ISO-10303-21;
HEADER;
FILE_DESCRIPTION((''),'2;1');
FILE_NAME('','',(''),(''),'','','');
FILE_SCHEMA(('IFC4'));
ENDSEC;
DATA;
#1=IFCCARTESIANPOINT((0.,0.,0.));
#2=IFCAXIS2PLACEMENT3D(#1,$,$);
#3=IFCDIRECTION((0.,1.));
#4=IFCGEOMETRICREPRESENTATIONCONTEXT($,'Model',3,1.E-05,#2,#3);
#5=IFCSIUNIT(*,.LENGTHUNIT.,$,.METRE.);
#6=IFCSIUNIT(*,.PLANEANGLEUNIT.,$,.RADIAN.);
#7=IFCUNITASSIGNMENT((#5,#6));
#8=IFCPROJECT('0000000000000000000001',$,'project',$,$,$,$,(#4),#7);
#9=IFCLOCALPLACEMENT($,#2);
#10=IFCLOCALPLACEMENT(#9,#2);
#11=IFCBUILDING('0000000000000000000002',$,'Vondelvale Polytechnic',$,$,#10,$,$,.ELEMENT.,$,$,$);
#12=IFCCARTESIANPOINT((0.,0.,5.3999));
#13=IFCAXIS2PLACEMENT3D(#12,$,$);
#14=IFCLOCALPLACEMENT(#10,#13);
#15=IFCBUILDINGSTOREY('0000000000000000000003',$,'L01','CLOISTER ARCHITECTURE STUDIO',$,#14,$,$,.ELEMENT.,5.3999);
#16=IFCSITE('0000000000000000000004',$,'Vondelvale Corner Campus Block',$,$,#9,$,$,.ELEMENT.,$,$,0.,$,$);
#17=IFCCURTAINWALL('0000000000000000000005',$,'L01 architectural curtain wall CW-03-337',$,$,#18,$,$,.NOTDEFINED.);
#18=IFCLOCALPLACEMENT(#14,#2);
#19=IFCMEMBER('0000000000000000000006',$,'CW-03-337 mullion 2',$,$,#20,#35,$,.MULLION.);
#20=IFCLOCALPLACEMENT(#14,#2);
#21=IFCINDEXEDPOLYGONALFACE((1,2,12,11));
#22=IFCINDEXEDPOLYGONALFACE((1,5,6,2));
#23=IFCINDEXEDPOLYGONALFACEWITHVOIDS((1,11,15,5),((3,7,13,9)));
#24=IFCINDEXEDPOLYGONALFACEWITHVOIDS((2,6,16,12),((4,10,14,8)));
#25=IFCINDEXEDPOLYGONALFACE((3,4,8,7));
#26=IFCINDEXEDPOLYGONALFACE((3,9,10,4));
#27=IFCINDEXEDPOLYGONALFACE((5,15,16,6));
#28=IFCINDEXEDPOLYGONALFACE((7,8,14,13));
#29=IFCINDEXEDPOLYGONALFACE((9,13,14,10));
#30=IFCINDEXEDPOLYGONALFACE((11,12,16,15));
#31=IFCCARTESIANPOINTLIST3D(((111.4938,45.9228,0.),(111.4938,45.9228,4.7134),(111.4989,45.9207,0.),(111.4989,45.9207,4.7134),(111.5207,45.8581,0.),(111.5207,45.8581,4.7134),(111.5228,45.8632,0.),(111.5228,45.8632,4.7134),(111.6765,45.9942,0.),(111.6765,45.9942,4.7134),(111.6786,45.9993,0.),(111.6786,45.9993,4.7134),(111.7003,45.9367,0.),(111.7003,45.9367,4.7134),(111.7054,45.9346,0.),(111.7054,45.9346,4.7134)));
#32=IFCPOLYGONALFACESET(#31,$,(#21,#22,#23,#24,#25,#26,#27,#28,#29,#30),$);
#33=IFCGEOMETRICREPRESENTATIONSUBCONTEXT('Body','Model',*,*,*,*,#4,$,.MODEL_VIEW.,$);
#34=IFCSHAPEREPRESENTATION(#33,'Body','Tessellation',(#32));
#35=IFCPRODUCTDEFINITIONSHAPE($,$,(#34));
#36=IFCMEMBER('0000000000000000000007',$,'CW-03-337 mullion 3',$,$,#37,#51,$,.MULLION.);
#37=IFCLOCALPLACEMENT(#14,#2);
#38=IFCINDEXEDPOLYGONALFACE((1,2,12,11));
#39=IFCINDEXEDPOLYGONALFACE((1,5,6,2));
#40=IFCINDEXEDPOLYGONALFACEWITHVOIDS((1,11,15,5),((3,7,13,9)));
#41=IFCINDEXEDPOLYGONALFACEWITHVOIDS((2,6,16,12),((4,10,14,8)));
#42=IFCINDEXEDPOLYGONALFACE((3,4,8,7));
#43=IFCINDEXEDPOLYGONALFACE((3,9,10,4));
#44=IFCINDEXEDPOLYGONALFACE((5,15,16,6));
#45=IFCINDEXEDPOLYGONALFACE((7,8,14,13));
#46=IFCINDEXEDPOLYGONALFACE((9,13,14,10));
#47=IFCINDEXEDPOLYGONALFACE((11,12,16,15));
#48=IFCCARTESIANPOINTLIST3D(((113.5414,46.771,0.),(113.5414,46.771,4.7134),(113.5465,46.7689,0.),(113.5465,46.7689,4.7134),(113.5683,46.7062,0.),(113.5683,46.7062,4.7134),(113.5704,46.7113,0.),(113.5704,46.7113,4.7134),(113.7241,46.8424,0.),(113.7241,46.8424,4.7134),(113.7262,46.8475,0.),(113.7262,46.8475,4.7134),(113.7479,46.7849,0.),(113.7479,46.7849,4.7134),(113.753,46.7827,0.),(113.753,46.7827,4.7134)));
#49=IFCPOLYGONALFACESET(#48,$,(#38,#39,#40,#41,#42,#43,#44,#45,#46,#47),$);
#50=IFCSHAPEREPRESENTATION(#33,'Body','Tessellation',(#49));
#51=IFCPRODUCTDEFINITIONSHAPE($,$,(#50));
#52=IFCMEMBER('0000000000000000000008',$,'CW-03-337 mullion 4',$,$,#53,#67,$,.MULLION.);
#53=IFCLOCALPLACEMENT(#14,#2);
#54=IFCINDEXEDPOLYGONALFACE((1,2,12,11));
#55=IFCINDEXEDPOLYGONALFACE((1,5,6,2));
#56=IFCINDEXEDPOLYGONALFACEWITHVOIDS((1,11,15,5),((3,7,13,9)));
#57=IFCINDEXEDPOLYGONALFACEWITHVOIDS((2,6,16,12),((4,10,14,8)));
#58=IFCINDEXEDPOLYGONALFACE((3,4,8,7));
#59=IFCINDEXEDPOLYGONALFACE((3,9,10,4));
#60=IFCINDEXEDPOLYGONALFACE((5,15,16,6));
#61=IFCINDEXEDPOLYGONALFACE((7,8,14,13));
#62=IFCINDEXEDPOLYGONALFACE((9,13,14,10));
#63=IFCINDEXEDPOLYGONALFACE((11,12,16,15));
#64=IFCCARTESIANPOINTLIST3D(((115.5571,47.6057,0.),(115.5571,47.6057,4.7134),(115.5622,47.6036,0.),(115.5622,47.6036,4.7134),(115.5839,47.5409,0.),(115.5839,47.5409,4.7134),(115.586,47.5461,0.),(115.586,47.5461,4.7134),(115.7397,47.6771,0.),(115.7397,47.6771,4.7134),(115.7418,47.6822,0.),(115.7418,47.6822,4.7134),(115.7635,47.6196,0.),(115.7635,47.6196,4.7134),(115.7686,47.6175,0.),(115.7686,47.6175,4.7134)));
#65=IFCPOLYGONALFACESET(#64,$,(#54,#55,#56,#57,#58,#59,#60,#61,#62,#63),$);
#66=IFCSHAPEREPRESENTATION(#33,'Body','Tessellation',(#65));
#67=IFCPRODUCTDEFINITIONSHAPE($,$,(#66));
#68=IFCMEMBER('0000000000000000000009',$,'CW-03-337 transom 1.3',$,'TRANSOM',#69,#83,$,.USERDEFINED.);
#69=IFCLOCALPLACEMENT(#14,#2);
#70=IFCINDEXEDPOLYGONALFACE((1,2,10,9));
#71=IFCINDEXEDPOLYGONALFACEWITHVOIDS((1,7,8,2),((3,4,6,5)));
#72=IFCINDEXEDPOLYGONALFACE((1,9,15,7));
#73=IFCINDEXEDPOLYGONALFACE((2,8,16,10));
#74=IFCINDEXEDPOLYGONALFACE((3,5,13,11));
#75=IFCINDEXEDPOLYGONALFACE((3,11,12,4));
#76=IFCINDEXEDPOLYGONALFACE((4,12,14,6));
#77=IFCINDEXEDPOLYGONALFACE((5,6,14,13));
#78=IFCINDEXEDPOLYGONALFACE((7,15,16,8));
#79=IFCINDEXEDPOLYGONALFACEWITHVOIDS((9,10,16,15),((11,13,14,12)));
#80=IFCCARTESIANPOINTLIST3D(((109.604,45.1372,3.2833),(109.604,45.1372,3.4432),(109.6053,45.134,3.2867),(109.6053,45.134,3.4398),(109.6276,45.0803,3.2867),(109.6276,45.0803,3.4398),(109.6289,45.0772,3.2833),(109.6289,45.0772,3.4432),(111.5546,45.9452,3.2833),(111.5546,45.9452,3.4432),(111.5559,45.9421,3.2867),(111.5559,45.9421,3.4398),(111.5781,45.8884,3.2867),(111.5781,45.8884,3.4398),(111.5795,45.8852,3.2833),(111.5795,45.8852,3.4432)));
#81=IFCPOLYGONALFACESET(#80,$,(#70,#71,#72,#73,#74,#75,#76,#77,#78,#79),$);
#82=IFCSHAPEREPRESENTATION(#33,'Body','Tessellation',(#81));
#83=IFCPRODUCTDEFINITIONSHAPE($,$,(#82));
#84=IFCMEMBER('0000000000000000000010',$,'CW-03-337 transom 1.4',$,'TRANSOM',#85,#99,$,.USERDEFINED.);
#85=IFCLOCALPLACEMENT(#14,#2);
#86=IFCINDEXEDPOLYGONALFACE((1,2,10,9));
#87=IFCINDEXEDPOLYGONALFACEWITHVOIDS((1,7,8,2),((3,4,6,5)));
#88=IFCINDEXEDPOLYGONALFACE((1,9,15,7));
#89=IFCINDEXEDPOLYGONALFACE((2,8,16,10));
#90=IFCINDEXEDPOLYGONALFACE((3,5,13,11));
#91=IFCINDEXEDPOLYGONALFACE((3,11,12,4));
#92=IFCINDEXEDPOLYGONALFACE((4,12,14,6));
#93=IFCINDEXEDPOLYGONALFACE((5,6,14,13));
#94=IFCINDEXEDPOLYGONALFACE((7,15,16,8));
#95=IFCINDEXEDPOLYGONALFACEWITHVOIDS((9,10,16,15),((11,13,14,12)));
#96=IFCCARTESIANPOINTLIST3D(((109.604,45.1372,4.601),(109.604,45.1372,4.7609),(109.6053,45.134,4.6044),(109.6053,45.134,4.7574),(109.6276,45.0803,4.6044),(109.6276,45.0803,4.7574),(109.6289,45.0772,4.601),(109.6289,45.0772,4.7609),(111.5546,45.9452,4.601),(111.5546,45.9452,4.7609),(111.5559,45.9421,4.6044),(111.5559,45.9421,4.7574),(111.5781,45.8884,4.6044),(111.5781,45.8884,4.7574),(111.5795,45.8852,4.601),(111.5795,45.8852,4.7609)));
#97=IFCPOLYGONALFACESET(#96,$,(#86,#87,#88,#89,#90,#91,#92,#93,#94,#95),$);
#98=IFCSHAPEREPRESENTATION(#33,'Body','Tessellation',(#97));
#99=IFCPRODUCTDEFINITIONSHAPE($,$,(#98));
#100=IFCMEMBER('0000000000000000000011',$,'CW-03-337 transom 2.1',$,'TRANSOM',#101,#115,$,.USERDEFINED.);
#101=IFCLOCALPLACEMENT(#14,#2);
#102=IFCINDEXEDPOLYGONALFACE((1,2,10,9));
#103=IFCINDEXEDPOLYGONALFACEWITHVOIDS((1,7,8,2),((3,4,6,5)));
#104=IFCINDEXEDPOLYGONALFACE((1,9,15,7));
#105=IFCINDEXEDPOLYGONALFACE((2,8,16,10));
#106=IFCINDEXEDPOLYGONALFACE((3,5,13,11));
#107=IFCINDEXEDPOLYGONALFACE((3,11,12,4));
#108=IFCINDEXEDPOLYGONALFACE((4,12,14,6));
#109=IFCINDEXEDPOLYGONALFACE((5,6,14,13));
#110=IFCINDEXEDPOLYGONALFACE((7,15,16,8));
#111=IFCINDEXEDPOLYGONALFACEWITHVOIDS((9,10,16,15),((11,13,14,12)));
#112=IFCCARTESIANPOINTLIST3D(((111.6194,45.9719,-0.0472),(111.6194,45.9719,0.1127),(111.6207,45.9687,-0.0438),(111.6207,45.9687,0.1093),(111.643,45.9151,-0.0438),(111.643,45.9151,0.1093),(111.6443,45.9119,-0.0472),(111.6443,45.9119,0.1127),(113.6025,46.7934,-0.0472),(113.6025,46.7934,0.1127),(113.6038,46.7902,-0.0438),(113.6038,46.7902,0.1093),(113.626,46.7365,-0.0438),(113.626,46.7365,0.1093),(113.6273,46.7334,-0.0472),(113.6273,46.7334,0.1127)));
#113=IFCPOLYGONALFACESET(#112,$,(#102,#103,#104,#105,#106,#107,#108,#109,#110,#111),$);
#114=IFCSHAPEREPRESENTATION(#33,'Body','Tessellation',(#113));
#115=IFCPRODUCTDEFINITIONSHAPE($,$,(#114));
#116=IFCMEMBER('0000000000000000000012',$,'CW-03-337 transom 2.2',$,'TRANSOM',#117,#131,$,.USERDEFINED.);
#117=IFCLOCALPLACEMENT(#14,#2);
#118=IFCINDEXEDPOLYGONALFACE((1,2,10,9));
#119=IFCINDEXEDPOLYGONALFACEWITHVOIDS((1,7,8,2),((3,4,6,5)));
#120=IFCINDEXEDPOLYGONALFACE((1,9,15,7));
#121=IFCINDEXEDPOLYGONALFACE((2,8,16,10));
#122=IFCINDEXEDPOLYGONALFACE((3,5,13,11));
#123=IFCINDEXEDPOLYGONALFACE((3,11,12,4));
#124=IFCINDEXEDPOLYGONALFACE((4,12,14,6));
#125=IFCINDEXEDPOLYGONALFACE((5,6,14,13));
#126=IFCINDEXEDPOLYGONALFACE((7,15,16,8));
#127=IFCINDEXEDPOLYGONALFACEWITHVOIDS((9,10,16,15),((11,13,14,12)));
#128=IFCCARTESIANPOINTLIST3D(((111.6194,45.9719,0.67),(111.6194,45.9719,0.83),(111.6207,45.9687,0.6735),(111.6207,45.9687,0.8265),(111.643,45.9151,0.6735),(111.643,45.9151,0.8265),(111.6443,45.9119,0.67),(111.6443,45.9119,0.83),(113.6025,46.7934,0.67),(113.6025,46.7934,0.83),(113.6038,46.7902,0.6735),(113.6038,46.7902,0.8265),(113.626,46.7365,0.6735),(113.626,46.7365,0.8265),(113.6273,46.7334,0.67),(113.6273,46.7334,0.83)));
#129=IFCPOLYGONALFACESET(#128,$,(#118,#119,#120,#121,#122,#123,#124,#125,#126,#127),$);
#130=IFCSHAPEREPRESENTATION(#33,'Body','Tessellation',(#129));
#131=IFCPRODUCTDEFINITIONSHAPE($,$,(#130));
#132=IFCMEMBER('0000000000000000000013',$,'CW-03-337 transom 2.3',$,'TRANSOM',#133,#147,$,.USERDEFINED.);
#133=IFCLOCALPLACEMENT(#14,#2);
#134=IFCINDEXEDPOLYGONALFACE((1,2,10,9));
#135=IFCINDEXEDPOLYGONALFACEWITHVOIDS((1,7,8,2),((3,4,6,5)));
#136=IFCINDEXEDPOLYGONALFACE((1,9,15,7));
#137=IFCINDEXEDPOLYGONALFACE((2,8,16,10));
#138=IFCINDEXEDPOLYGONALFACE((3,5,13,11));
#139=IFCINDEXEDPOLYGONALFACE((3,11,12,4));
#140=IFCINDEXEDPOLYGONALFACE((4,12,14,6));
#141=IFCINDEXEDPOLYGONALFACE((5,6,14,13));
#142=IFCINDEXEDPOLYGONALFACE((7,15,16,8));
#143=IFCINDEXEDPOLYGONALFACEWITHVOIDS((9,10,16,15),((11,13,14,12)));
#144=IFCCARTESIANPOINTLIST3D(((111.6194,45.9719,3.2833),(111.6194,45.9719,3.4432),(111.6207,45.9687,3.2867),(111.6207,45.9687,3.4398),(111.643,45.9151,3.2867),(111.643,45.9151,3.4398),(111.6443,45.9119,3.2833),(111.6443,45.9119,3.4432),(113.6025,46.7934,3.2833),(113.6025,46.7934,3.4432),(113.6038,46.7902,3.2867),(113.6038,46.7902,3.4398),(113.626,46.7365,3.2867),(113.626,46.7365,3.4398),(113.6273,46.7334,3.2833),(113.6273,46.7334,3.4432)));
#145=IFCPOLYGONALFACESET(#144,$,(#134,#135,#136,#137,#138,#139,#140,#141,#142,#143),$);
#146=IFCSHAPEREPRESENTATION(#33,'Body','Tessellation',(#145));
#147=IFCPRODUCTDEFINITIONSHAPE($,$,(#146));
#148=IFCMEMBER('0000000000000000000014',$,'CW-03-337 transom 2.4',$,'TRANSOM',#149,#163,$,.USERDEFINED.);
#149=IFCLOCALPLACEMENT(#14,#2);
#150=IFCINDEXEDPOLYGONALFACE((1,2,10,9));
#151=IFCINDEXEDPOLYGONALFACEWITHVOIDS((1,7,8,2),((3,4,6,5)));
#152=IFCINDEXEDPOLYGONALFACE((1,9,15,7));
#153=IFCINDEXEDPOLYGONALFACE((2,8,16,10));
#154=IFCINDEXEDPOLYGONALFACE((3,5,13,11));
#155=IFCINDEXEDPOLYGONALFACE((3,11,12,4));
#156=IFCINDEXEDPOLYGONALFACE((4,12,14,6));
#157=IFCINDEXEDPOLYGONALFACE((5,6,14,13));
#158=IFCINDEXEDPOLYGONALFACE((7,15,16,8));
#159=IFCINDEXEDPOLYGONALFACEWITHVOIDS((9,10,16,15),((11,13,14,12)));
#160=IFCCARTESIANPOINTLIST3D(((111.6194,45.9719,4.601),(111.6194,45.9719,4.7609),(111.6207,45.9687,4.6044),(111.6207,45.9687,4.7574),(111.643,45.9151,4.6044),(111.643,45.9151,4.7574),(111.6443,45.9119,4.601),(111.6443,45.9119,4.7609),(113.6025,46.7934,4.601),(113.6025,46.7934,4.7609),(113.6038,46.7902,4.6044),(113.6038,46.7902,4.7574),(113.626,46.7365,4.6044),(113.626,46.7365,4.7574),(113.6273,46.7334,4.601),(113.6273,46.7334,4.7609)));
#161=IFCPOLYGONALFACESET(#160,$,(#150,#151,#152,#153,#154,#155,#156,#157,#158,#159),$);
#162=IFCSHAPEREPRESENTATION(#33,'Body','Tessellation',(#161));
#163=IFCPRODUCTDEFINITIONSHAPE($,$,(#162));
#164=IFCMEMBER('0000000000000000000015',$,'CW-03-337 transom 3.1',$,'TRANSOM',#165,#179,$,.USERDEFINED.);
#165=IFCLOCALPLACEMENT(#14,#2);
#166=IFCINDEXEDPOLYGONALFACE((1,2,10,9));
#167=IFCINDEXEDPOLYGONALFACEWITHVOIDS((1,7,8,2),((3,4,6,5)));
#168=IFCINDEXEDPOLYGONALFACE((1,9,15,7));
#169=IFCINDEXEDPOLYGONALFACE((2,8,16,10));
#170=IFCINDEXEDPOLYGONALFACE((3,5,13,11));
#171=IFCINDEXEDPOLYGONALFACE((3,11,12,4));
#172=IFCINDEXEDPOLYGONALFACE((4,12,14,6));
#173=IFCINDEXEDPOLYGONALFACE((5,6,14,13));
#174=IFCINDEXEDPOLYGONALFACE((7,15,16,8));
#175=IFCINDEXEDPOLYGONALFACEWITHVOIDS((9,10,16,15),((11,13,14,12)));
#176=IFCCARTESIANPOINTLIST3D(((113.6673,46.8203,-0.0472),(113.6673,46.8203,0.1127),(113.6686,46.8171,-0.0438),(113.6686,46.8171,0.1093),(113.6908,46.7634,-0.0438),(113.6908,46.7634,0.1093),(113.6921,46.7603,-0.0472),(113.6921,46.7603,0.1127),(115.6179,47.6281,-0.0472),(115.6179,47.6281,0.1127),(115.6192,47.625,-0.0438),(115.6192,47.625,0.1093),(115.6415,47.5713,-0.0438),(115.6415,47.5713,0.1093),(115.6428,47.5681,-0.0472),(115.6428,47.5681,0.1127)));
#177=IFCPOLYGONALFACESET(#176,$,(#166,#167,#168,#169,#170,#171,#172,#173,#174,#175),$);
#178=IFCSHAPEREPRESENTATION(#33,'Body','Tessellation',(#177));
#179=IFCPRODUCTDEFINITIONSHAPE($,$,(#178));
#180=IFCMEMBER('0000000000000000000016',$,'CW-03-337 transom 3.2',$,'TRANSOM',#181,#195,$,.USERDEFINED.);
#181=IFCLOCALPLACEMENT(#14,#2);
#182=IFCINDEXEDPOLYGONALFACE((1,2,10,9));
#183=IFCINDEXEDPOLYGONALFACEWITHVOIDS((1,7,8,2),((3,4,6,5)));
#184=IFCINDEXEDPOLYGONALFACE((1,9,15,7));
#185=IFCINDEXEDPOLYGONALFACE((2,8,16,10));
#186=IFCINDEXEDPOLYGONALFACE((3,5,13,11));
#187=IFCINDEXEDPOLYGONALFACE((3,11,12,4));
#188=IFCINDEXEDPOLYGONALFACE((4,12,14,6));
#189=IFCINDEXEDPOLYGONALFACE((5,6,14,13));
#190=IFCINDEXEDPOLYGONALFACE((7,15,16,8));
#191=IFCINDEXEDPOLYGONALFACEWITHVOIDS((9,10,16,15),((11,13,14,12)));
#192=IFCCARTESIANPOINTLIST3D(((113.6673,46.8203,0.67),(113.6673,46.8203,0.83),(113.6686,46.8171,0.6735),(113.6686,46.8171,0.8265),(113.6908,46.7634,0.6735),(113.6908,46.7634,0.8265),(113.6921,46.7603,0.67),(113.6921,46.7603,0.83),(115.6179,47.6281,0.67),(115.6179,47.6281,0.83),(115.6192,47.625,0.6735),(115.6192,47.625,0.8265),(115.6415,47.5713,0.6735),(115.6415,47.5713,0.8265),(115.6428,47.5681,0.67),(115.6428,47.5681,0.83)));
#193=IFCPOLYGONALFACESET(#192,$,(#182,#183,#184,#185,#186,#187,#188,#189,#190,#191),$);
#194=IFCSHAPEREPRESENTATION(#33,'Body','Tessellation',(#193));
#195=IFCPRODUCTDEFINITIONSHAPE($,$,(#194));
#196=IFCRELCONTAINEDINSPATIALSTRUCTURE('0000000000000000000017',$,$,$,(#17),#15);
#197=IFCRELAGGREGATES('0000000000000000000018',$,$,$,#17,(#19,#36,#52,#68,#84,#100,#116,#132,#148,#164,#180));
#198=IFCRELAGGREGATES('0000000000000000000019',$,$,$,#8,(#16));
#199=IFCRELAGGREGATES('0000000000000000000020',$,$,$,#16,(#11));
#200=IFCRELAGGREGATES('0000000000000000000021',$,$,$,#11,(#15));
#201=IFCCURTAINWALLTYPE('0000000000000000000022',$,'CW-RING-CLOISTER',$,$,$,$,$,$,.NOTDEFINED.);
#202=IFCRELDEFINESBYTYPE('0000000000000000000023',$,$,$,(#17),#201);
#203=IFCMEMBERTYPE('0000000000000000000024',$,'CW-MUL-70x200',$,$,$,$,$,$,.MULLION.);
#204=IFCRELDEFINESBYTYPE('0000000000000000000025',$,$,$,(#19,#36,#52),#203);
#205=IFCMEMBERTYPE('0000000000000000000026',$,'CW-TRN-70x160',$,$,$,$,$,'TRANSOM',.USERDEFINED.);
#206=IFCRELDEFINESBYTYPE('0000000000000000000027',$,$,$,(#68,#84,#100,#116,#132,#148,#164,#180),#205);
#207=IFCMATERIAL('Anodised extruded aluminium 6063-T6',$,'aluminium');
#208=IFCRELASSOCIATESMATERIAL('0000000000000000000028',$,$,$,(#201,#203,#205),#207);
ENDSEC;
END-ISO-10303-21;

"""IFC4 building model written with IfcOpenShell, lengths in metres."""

from ifc_helpers import new_model, si_unit, direction, frame, origin, origin_2d, place, context, subcontext, project, spatial, hollow_rectangle, extrude, material, material_profile, profile_set, type_object, element, aggregate, save


model = new_model("IFC4")

# Units and contexts
model_context = context("Model", 3, precision=1e-05, world=origin(), true_north=direction((0.0, 1.0)))
body_context = subcontext(model_context, "Body", "Model", "MODEL_VIEW")
ifc_project = project(units=[si_unit("LENGTHUNIT", "METRE"), si_unit("PLANEANGLEUNIT", "RADIAN")], contexts=[model_context])

# Site, building, storey
site_placement = place(None, origin())
site = spatial("IfcSite", under=ifc_project, at=site_placement, Name="Vondelvale Corner Campus Block", CompositionType="ELEMENT", RefElevation=0.0)
building_placement = place(site_placement, origin())
building = spatial("IfcBuilding", under=site, at=building_placement, Name="Vondelvale Polytechnic", CompositionType="ELEMENT")
storey_placement = place(building_placement, frame((0.0, 0.0, 5.3999)))
storey = spatial("IfcBuildingStorey", under=building, at=storey_placement, Name="L01", Description="CLOISTER ARCHITECTURE STUDIO", CompositionType="ELEMENT", Elevation=5.3999)

# Curtain wall, members
ifc_material_1 = material(Name="Anodised extruded aluminium 6063-T6", Category="aluminium")
curtain_wall_type = type_object("IfcCurtainWallType", Name="CW-RING-CLOISTER", PredefinedType="NOTDEFINED", material=ifc_material_1)
curtain_wall_placement = place(storey_placement, origin())
curtain_wall = element("IfcCurtainWall", 1, at=curtain_wall_placement, inside=storey, type_object=curtain_wall_type, Name="L01 architectural curtain wall CW-03-337", PredefinedType="NOTDEFINED")
ifc_material_profile_1 = material_profile(ifc_material_1, hollow_rectangle(XDim=0.0701, YDim=0.2, WallThickness=0.0039, at=origin_2d()), Name="CW-MUL-200x70")
ifc_profile_set_1 = profile_set([ifc_material_profile_1], Name="Anodised extruded aluminium 6063-T6")
member_type_1 = type_object("IfcMemberType", Name="CW-MUL-70x200", PredefinedType="MULLION", material=ifc_profile_set_1)
member_1_placement = place(storey_placement, frame((111.5996, 45.9287, 0.0), z_axis=(0.0, 0.0, 1.0), x_axis=(-0.382679, 0.923882, 0.0)))
member_1 = element("IfcMember", 2, at=member_1_placement, type_object=member_type_1, Name="CW-03-337 mullion 2", PredefinedType="MULLION", context=body_context, shape_type="SweptSolid", body=[
    extrude(hollow_rectangle(XDim=0.0701, YDim=0.2, WallThickness=0.0039, at=origin_2d()), origin(), (0.0, 0.0, 1.0), 4.7134),
])
member_2_placement = place(storey_placement, frame((113.6472, 46.7769, 0.0), z_axis=(0.0, 0.0, 1.0), x_axis=(-0.382679, 0.923882, 0.0)))
member_2 = element("IfcMember", 3, at=member_2_placement, type_object=member_type_1, Name="CW-03-337 mullion 3", PredefinedType="MULLION", context=body_context, shape_type="SweptSolid", body=[
    extrude(hollow_rectangle(XDim=0.0701, YDim=0.2, WallThickness=0.0039, at=origin_2d()), origin(), (0.0, 0.0, 1.0), 4.7134),
])
member_3_placement = place(storey_placement, frame((115.6628, 47.6116, 0.0), z_axis=(0.0, 0.0, 1.0), x_axis=(-0.382679, 0.923882, 0.0)))
member_3 = element("IfcMember", 4, at=member_3_placement, type_object=member_type_1, Name="CW-03-337 mullion 4", PredefinedType="MULLION", context=body_context, shape_type="SweptSolid", body=[
    extrude(hollow_rectangle(XDim=0.0701, YDim=0.2, WallThickness=0.0039, at=origin_2d()), origin(), (0.0, 0.0, 1.0), 4.7134),
])
ifc_material_profile_2 = material_profile(ifc_material_1, hollow_rectangle(XDim=0.0649, YDim=0.1599, WallThickness=0.0034, at=origin_2d()), Name="CW-TRN-160x65")
ifc_profile_set_2 = profile_set([ifc_material_profile_2], Name="Anodised extruded aluminium 6063-T6")
member_type_2 = type_object("IfcMemberType", Name="CW-TRN-70x160", ElementType="TRANSOM", PredefinedType="USERDEFINED", material=ifc_profile_set_2)
member_4_placement = place(storey_placement, frame((109.6165, 45.1072, 3.3633), z_axis=(0.923862, 0.382726, 0.0), x_axis=(-0.382726, 0.923862, 0.0)))
member_4 = element("IfcMember", 5, at=member_4_placement, type_object=member_type_2, Name="CW-03-337 transom 1.3", ObjectType="TRANSOM", PredefinedType="USERDEFINED", context=body_context, shape_type="SweptSolid", body=[
    extrude(hollow_rectangle(XDim=0.0649, YDim=0.1599, WallThickness=0.0034, at=origin_2d()), origin(), (0.0, 0.0, 1.0), 2.1113),
])
member_5_placement = place(storey_placement, frame((109.6165, 45.1072, 4.6809), z_axis=(0.923862, 0.382726, 0.0), x_axis=(-0.382726, 0.923862, 0.0)))
member_5 = element("IfcMember", 6, at=member_5_placement, type_object=member_type_2, Name="CW-03-337 transom 1.4", ObjectType="TRANSOM", PredefinedType="USERDEFINED", context=body_context, shape_type="SweptSolid", body=[
    extrude(hollow_rectangle(XDim=0.0649, YDim=0.1599, WallThickness=0.0034, at=origin_2d()), origin(), (0.0, 0.0, 1.0), 2.1113),
])
member_6_placement = place(storey_placement, frame((111.6318, 45.9419, 0.0327), z_axis=(0.923866, 0.382717, 0.0), x_axis=(-0.382717, 0.923866, 0.0)))
member_6 = element("IfcMember", 7, at=member_6_placement, type_object=member_type_2, Name="CW-03-337 transom 2.1", ObjectType="TRANSOM", PredefinedType="USERDEFINED", context=body_context, shape_type="SweptSolid", body=[
    extrude(hollow_rectangle(XDim=0.0649, YDim=0.1599, WallThickness=0.0034, at=origin_2d()), origin(), (0.0, 0.0, 1.0), 2.1465),
])
member_7_placement = place(storey_placement, frame((111.6318, 45.9419, 0.75), z_axis=(0.923866, 0.382717, 0.0), x_axis=(-0.382717, 0.923866, 0.0)))
member_7 = element("IfcMember", 8, at=member_7_placement, type_object=member_type_2, Name="CW-03-337 transom 2.2", ObjectType="TRANSOM", PredefinedType="USERDEFINED", context=body_context, shape_type="SweptSolid", body=[
    extrude(hollow_rectangle(XDim=0.0649, YDim=0.1599, WallThickness=0.0034, at=origin_2d()), origin(), (0.0, 0.0, 1.0), 2.1465),
])
member_8_placement = place(storey_placement, frame((111.6318, 45.9419, 3.3633), z_axis=(0.923866, 0.382717, 0.0), x_axis=(-0.382717, 0.923866, 0.0)))
member_8 = element("IfcMember", 9, at=member_8_placement, type_object=member_type_2, Name="CW-03-337 transom 2.3", ObjectType="TRANSOM", PredefinedType="USERDEFINED", context=body_context, shape_type="SweptSolid", body=[
    extrude(hollow_rectangle(XDim=0.0649, YDim=0.1599, WallThickness=0.0034, at=origin_2d()), origin(), (0.0, 0.0, 1.0), 2.1465),
])
member_9_placement = place(storey_placement, frame((111.6318, 45.9419, 4.6809), z_axis=(0.923866, 0.382717, 0.0), x_axis=(-0.382717, 0.923866, 0.0)))
member_9 = element("IfcMember", 10, at=member_9_placement, type_object=member_type_2, Name="CW-03-337 transom 2.4", ObjectType="TRANSOM", PredefinedType="USERDEFINED", context=body_context, shape_type="SweptSolid", body=[
    extrude(hollow_rectangle(XDim=0.0649, YDim=0.1599, WallThickness=0.0034, at=origin_2d()), origin(), (0.0, 0.0, 1.0), 2.1465),
])
member_10_placement = place(storey_placement, frame((113.6797, 46.7903, 0.0327), z_axis=(0.923903, 0.382628, 0.0), x_axis=(-0.382628, 0.923903, 0.0)))
member_10 = element("IfcMember", 11, at=member_10_placement, type_object=member_type_2, Name="CW-03-337 transom 3.1", ObjectType="TRANSOM", PredefinedType="USERDEFINED", context=body_context, shape_type="SweptSolid", body=[
    extrude(hollow_rectangle(XDim=0.0649, YDim=0.1599, WallThickness=0.0034, at=origin_2d()), origin(), (0.0, 0.0, 1.0), 2.1113),
])
member_11_placement = place(storey_placement, frame((113.6797, 46.7903, 0.75), z_axis=(0.923903, 0.382628, 0.0), x_axis=(-0.382628, 0.923903, 0.0)))
member_11 = element("IfcMember", 12, at=member_11_placement, type_object=member_type_2, Name="CW-03-337 transom 3.2", ObjectType="TRANSOM", PredefinedType="USERDEFINED", context=body_context, shape_type="SweptSolid", body=[
    extrude(hollow_rectangle(XDim=0.0649, YDim=0.1599, WallThickness=0.0034, at=origin_2d()), origin(), (0.0, 0.0, 1.0), 2.1113),
])

aggregate(curtain_wall, [member_1, member_2, member_3, member_4, member_5, member_6, member_7, member_8, member_9, member_10, member_11])

save(model, "model.ifc")
